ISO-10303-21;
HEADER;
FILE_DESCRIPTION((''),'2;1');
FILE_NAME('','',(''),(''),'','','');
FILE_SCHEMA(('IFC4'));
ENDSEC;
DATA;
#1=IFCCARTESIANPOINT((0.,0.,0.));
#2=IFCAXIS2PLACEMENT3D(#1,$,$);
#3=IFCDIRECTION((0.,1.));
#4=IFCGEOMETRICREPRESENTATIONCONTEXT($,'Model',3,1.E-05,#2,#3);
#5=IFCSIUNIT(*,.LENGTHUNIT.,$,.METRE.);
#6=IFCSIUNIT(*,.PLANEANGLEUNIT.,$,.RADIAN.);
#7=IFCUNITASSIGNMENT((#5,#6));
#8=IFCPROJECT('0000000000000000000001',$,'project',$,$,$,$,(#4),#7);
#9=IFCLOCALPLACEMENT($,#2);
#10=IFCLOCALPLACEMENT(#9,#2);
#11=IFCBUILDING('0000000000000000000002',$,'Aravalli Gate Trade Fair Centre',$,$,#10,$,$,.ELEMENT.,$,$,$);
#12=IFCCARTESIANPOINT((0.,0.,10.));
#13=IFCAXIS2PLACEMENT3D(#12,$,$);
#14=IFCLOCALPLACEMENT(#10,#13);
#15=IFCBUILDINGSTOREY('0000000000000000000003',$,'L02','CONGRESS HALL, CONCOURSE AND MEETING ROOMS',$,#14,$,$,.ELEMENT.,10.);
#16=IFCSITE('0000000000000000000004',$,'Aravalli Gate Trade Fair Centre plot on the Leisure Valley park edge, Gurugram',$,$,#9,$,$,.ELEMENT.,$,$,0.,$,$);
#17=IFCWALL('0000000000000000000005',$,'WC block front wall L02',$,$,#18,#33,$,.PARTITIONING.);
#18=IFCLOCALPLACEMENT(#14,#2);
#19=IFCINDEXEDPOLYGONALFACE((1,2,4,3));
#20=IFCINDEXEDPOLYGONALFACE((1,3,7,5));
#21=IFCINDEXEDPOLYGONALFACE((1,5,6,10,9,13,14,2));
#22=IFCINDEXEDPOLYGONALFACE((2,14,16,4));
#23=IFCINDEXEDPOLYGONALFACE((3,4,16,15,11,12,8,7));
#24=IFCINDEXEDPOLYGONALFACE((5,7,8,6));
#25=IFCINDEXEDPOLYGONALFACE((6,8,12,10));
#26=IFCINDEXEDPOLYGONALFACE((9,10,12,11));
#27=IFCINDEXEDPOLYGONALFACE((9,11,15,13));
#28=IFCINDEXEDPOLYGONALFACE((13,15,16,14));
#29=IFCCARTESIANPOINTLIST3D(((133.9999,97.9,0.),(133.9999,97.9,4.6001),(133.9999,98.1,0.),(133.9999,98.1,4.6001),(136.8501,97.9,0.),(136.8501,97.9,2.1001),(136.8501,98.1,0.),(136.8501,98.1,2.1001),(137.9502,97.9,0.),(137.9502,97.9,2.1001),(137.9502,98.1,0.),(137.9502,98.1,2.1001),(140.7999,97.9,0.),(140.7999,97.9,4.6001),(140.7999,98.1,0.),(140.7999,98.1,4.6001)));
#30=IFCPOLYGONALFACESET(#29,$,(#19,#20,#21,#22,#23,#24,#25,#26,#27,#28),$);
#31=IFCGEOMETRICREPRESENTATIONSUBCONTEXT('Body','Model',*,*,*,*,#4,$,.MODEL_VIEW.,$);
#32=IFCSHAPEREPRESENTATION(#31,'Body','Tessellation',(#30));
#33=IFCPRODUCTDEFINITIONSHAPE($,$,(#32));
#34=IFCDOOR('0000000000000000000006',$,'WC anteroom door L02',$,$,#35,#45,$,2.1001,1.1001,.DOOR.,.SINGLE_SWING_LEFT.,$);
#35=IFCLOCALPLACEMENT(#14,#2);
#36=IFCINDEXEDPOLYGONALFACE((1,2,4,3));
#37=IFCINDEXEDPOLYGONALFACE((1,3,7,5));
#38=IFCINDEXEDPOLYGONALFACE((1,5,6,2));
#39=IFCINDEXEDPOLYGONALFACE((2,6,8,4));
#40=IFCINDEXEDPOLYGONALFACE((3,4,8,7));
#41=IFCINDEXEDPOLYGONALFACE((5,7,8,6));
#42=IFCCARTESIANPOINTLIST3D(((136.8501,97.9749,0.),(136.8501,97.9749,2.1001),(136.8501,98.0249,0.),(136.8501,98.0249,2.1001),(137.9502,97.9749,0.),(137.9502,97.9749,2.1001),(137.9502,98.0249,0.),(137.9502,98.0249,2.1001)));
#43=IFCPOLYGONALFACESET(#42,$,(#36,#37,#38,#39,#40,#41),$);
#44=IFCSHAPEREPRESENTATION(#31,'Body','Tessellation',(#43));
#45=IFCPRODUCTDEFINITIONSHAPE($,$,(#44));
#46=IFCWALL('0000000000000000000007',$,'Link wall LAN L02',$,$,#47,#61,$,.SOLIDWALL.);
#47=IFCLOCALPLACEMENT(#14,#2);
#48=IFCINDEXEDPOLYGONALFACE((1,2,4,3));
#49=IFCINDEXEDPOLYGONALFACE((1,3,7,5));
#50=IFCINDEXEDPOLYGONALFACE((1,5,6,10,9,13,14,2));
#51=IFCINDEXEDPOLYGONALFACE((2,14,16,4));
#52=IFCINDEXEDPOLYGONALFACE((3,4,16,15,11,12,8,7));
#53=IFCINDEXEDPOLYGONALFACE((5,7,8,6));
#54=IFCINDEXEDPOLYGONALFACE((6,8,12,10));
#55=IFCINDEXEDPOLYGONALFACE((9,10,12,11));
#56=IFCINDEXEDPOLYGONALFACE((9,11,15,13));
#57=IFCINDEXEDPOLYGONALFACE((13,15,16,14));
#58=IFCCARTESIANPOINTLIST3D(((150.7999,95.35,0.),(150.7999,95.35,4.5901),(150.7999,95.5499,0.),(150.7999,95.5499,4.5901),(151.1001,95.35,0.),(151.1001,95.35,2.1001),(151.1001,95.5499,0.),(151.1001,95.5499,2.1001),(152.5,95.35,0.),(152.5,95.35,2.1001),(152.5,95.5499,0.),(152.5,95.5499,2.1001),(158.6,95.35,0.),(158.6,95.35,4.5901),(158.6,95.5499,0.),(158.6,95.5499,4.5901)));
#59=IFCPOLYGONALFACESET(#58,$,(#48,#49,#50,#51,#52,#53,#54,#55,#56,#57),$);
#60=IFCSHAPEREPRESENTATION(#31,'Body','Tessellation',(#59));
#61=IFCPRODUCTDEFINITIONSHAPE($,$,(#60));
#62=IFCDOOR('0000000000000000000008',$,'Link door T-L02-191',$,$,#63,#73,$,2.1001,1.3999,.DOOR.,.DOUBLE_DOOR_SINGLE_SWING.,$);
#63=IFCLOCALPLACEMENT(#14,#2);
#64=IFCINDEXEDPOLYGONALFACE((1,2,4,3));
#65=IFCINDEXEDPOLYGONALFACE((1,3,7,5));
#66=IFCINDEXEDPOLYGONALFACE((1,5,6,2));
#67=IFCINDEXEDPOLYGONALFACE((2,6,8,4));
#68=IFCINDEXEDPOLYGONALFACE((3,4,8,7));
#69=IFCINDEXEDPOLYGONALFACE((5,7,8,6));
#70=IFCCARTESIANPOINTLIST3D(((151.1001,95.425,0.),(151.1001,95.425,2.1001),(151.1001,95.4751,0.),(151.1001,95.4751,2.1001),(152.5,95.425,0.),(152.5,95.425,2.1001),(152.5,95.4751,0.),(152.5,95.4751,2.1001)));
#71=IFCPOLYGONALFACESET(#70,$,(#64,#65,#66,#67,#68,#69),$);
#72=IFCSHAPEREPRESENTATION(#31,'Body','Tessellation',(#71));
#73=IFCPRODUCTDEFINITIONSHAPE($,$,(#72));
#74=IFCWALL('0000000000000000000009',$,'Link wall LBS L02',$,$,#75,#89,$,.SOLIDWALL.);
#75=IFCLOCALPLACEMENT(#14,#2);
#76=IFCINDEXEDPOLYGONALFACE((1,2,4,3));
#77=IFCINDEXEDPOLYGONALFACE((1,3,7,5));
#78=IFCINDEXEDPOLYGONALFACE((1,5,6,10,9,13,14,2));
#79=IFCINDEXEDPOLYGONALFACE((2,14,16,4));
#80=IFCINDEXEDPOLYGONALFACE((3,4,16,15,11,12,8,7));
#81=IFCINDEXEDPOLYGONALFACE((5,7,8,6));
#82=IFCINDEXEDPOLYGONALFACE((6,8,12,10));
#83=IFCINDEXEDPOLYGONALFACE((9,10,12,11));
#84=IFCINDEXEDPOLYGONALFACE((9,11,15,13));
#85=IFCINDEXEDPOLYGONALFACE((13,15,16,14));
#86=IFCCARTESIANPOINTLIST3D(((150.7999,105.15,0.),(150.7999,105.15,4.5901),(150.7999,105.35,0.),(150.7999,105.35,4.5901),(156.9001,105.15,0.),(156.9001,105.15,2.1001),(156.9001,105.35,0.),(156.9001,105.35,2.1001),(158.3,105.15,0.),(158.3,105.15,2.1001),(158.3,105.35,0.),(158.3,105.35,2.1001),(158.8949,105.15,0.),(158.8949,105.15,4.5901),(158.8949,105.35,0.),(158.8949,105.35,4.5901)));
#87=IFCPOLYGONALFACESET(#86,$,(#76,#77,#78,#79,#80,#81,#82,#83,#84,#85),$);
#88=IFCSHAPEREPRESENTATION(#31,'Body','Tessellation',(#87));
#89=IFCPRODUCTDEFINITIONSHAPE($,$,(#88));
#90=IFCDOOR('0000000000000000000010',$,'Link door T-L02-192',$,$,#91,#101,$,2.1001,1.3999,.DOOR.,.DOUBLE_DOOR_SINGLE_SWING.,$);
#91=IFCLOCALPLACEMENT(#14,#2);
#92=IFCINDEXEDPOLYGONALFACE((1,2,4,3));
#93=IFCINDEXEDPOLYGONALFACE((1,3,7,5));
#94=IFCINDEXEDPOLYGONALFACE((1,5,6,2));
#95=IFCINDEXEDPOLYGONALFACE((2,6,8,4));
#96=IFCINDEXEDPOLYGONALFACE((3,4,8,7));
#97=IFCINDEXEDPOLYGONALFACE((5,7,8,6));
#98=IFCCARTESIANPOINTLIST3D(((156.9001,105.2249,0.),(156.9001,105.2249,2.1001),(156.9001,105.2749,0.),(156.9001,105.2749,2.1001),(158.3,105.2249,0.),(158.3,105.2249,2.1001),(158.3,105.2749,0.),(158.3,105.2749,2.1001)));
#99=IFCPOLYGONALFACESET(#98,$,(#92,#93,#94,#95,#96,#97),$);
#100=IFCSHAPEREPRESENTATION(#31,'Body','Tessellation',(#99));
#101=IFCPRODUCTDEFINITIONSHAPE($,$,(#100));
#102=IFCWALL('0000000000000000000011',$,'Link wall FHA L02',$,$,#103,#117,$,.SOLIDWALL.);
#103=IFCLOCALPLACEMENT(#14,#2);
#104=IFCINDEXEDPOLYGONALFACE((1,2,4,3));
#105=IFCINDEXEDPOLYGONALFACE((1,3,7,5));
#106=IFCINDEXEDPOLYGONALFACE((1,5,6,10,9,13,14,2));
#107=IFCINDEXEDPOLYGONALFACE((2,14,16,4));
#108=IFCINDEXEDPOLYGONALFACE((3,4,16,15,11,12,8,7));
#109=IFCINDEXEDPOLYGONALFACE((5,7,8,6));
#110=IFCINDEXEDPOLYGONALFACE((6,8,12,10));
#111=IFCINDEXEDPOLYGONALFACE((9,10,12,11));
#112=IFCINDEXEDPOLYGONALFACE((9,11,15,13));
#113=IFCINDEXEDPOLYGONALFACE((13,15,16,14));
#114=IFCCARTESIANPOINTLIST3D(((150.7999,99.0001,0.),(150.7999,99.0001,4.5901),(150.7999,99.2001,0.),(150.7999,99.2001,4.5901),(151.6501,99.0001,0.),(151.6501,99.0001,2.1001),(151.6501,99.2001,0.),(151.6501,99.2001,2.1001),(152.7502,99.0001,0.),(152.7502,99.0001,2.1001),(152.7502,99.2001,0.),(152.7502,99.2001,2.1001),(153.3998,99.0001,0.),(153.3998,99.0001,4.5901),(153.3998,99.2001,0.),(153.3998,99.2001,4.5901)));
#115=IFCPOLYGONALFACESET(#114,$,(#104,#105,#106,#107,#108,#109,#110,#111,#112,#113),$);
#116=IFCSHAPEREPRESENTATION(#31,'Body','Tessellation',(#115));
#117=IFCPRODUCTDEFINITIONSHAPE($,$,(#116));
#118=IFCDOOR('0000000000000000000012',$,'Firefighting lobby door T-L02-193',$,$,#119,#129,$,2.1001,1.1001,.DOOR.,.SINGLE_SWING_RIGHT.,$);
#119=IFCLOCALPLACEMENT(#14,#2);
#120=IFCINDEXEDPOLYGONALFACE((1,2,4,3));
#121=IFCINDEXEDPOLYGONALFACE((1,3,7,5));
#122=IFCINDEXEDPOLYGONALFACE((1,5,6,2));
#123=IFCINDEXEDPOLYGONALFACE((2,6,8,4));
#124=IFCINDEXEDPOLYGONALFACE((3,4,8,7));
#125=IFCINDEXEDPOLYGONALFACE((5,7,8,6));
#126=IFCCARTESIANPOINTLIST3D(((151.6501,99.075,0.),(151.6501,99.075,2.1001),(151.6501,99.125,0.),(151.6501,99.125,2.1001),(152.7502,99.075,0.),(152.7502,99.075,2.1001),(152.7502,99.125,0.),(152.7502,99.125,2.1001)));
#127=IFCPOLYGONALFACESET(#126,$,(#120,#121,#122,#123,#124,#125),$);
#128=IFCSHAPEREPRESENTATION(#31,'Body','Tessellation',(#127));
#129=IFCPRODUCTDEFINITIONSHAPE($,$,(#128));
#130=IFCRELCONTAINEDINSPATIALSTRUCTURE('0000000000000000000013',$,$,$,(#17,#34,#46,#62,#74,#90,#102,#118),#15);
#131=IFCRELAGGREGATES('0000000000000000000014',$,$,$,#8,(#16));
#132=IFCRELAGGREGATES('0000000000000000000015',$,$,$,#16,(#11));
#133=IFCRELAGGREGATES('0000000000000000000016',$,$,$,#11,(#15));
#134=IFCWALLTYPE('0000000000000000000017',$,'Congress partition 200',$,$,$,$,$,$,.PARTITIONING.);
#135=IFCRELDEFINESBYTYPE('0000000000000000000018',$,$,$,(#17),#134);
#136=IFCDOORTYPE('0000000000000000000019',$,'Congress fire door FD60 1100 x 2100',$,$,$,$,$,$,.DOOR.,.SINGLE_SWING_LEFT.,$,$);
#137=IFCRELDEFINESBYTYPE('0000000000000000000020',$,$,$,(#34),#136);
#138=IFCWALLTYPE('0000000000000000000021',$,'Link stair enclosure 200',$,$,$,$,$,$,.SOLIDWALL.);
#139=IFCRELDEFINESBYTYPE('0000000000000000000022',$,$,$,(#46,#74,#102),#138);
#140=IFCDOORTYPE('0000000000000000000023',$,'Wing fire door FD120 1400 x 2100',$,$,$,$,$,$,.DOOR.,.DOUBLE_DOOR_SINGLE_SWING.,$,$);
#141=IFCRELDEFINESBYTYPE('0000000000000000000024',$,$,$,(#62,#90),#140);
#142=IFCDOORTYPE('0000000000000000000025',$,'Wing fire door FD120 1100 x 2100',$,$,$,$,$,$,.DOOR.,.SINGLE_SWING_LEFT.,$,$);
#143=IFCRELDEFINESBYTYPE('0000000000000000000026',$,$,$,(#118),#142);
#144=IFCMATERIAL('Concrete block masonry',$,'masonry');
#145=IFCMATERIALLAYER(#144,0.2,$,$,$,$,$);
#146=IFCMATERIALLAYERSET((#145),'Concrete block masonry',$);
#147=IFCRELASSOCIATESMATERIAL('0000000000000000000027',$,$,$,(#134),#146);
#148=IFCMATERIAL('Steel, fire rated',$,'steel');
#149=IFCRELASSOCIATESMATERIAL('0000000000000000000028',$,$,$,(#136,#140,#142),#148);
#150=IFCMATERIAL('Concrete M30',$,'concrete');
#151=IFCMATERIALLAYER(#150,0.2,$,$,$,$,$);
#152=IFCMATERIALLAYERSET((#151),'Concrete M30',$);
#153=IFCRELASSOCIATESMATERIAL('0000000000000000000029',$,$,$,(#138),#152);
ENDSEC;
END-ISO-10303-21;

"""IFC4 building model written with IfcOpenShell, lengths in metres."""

from ifc_helpers import new_model, si_unit, direction, frame, frame_2d, origin, place, context, subcontext, project, spatial, rectangle, extrude, material, layer, layer_set, type_object, element, fill, save


model = new_model("IFC4")

# Units and contexts
model_context = context("Model", 3, precision=1e-05, world=origin(), true_north=direction((0.0, 1.0)))
body_context = subcontext(model_context, "Body", "Model", "MODEL_VIEW")
ifc_project = project(units=[si_unit("LENGTHUNIT", "METRE"), si_unit("PLANEANGLEUNIT", "RADIAN")], contexts=[model_context])

# Site, building, storey
site_placement = place(None, origin())
site = spatial("IfcSite", under=ifc_project, at=site_placement, Name="Aravalli Gate Trade Fair Centre plot on the Leisure Valley park edge, Gurugram", CompositionType="ELEMENT", RefElevation=0.0)
building_placement = place(site_placement, origin())
building = spatial("IfcBuilding", under=site, at=building_placement, Name="Aravalli Gate Trade Fair Centre", CompositionType="ELEMENT")
storey_placement = place(building_placement, frame((0.0, 0.0, 10.0)))
storey = spatial("IfcBuildingStorey", under=building, at=storey_placement, Name="L02", Description="CONGRESS HALL, CONCOURSE AND MEETING ROOMS", CompositionType="ELEMENT", Elevation=10.0)

# Walls, openings, doors
ifc_material_1 = material(Name="Steel, fire rated", Category="steel")
ifc_material_2 = material(Name="Concrete block masonry", Category="masonry")
ifc_layer_1 = layer(ifc_material_2, 0.2)
ifc_layer_set_1 = layer_set([ifc_layer_1], Name="Concrete block masonry")
wall_type_1 = type_object("IfcWallType", Name="Congress partition 200", PredefinedType="PARTITIONING", material=ifc_layer_set_1)
wall_1_placement = place(storey_placement, frame((134.0, 98.0, 0.0), z_axis=(0.0, 0.0, 1.0), x_axis=(1.0, 0.0, 0.0)))
wall_1 = element("IfcWall", 1, at=wall_1_placement, inside=storey, type_object=wall_type_1, Name="WC block front wall L02", PredefinedType="PARTITIONING", context=body_context, shape_type="SweptSolid", body=[
    extrude(rectangle(XDim=6.8, YDim=0.2, at=frame_2d((3.3999, 0.0))), origin(), (0.0, 0.0, 1.0), 4.6001),
])
opening_1_placement = place(wall_1_placement, frame((2.8501, 0.0, 0.0)))
opening_1 = element("IfcOpeningElement", 2, at=opening_1_placement, cuts=wall_1, PredefinedType="OPENING", context=body_context, shape_type="SweptSolid", body=[
    extrude(rectangle(XDim=1.1001, YDim=2.1001, at=frame_2d((0.55, 1.05))), frame((0.0, 0.1099, 0.0), z_axis=(0.0, -1.0, 0.0), x_axis=(1.0, 0.0, 0.0)), (0.0, 0.0, 1.0), 0.22),
])
door_type_1 = type_object("IfcDoorType", Name="Congress fire door FD60 1100 x 2100", OperationType="SINGLE_SWING_LEFT", PredefinedType="DOOR", material=ifc_material_1)
door_1_placement = place(opening_1_placement, origin())
door_1 = element("IfcDoor", 3, at=door_1_placement, inside=storey, type_object=door_type_1, Name="WC anteroom door L02", OperationType="SINGLE_SWING_LEFT", OverallHeight=2.1001, OverallWidth=1.1001, PredefinedType="DOOR", context=body_context, shape_type="SweptSolid", body=[
    extrude(rectangle(XDim=1.1001, YDim=2.1001, at=frame_2d((0.55, 1.05))), frame((0.0, 0.0249, 0.0), z_axis=(0.0, -1.0, 0.0), x_axis=(1.0, 0.0, 0.0)), (0.0, 0.0, 1.0), 0.05),
])
fill(opening_1, door_1)
ifc_material_3 = material(Name="Concrete M30", Category="concrete")
ifc_layer_2 = layer(ifc_material_3, 0.2)
ifc_layer_set_2 = layer_set([ifc_layer_2], Name="Concrete M30")
wall_type_2 = type_object("IfcWallType", Name="Link stair enclosure 200", PredefinedType="SOLIDWALL", material=ifc_layer_set_2)
wall_2_placement = place(storey_placement, frame((150.8, 95.45, 0.0), z_axis=(0.0, 0.0, 1.0), x_axis=(1.0, 0.0, 0.0)))
wall_2 = element("IfcWall", 4, at=wall_2_placement, inside=storey, type_object=wall_type_2, Name="Link wall LAN L02", PredefinedType="SOLIDWALL", context=body_context, shape_type="SweptSolid", body=[
    extrude(rectangle(XDim=7.8, YDim=0.2, at=frame_2d((3.8999, 0.0))), origin(), (0.0, 0.0, 1.0), 4.5901),
])
opening_2_placement = place(wall_2_placement, frame((0.3, 0.0, 0.0)))
opening_2 = element("IfcOpeningElement", 5, at=opening_2_placement, cuts=wall_2, PredefinedType="OPENING", context=body_context, shape_type="SweptSolid", body=[
    extrude(rectangle(XDim=1.3999, YDim=2.1001, at=frame_2d((0.7, 1.05))), frame((0.0, 0.1099, 0.0), z_axis=(0.0, -1.0, 0.0), x_axis=(1.0, 0.0, 0.0)), (0.0, 0.0, 1.0), 0.22),
])
door_type_2 = type_object("IfcDoorType", Name="Wing fire door FD120 1400 x 2100", OperationType="DOUBLE_DOOR_SINGLE_SWING", PredefinedType="DOOR", material=ifc_material_1)
door_2_placement = place(opening_2_placement, frame((1.3999, 0.0, 0.0), z_axis=(0.0, 0.0, 1.0), x_axis=(-1.0, 0.0, 0.0)))
door_2 = element("IfcDoor", 6, at=door_2_placement, inside=storey, type_object=door_type_2, Name="Link door T-L02-191", OperationType="DOUBLE_DOOR_SINGLE_SWING", OverallHeight=2.1001, OverallWidth=1.3999, PredefinedType="DOOR", context=body_context, shape_type="SweptSolid", body=[
    extrude(rectangle(XDim=1.3999, YDim=2.1001, at=frame_2d((0.7, 1.05))), frame((0.0, 0.0249, 0.0), z_axis=(0.0, -1.0, 0.0), x_axis=(1.0, 0.0, 0.0)), (0.0, 0.0, 1.0), 0.05),
])
fill(opening_2, door_2)
wall_3_placement = place(storey_placement, frame((150.8, 105.25, 0.0), z_axis=(0.0, 0.0, 1.0), x_axis=(1.0, 0.0, 0.0)))
wall_3 = element("IfcWall", 7, at=wall_3_placement, inside=storey, type_object=wall_type_2, Name="Link wall LBS L02", PredefinedType="SOLIDWALL", context=body_context, shape_type="SweptSolid", body=[
    extrude(rectangle(XDim=8.095, YDim=0.2, at=frame_2d((4.0474, 0.0))), origin(), (0.0, 0.0, 1.0), 4.5901),
])
opening_3_placement = place(wall_3_placement, frame((6.1001, 0.0, 0.0)))
opening_3 = element("IfcOpeningElement", 8, at=opening_3_placement, cuts=wall_3, PredefinedType="OPENING", context=body_context, shape_type="SweptSolid", body=[
    extrude(rectangle(XDim=1.3999, YDim=2.1001, at=frame_2d((0.7, 1.05))), frame((0.0, 0.1099, 0.0), z_axis=(0.0, -1.0, 0.0), x_axis=(1.0, 0.0, 0.0)), (0.0, 0.0, 1.0), 0.22),
])
door_3_placement = place(opening_3_placement, origin())
door_3 = element("IfcDoor", 9, at=door_3_placement, inside=storey, type_object=door_type_2, Name="Link door T-L02-192", OperationType="DOUBLE_DOOR_SINGLE_SWING", OverallHeight=2.1001, OverallWidth=1.3999, PredefinedType="DOOR", context=body_context, shape_type="SweptSolid", body=[
    extrude(rectangle(XDim=1.3999, YDim=2.1001, at=frame_2d((0.7, 1.05))), frame((0.0, 0.0249, 0.0), z_axis=(0.0, -1.0, 0.0), x_axis=(1.0, 0.0, 0.0)), (0.0, 0.0, 1.0), 0.05),
])
fill(opening_3, door_3)
wall_4_placement = place(storey_placement, frame((150.8, 99.1001, 0.0), z_axis=(0.0, 0.0, 1.0), x_axis=(1.0, 0.0, 0.0)))
wall_4 = element("IfcWall", 10, at=wall_4_placement, inside=storey, type_object=wall_type_2, Name="Link wall FHA L02", PredefinedType="SOLIDWALL", context=body_context, shape_type="SweptSolid", body=[
    extrude(rectangle(XDim=2.5999, YDim=0.2, at=frame_2d((1.2998, 0.0))), origin(), (0.0, 0.0, 1.0), 4.5901),
])
opening_4_placement = place(wall_4_placement, frame((0.8501, 0.0, 0.0)))
opening_4 = element("IfcOpeningElement", 11, at=opening_4_placement, cuts=wall_4, PredefinedType="OPENING", context=body_context, shape_type="SweptSolid", body=[
    extrude(rectangle(XDim=1.1001, YDim=2.1001, at=frame_2d((0.55, 1.05))), frame((0.0, 0.1099, 0.0), z_axis=(0.0, -1.0, 0.0), x_axis=(1.0, 0.0, 0.0)), (0.0, 0.0, 1.0), 0.22),
])
door_type_3 = type_object("IfcDoorType", Name="Wing fire door FD120 1100 x 2100", OperationType="SINGLE_SWING_LEFT", PredefinedType="DOOR", material=ifc_material_1)
door_4_placement = place(opening_4_placement, origin())
door_4 = element("IfcDoor", 12, at=door_4_placement, inside=storey, type_object=door_type_3, Name="Firefighting lobby door T-L02-193", OperationType="SINGLE_SWING_RIGHT", OverallHeight=2.1001, OverallWidth=1.1001, PredefinedType="DOOR", context=body_context, shape_type="SweptSolid", body=[
    extrude(rectangle(XDim=1.1001, YDim=2.1001, at=frame_2d((0.55, 1.05))), frame((0.0, 0.0249, 0.0), z_axis=(0.0, -1.0, 0.0), x_axis=(1.0, 0.0, 0.0)), (0.0, 0.0, 1.0), 0.05),
])
fill(opening_4, door_4)

save(model, "model.ifc")
